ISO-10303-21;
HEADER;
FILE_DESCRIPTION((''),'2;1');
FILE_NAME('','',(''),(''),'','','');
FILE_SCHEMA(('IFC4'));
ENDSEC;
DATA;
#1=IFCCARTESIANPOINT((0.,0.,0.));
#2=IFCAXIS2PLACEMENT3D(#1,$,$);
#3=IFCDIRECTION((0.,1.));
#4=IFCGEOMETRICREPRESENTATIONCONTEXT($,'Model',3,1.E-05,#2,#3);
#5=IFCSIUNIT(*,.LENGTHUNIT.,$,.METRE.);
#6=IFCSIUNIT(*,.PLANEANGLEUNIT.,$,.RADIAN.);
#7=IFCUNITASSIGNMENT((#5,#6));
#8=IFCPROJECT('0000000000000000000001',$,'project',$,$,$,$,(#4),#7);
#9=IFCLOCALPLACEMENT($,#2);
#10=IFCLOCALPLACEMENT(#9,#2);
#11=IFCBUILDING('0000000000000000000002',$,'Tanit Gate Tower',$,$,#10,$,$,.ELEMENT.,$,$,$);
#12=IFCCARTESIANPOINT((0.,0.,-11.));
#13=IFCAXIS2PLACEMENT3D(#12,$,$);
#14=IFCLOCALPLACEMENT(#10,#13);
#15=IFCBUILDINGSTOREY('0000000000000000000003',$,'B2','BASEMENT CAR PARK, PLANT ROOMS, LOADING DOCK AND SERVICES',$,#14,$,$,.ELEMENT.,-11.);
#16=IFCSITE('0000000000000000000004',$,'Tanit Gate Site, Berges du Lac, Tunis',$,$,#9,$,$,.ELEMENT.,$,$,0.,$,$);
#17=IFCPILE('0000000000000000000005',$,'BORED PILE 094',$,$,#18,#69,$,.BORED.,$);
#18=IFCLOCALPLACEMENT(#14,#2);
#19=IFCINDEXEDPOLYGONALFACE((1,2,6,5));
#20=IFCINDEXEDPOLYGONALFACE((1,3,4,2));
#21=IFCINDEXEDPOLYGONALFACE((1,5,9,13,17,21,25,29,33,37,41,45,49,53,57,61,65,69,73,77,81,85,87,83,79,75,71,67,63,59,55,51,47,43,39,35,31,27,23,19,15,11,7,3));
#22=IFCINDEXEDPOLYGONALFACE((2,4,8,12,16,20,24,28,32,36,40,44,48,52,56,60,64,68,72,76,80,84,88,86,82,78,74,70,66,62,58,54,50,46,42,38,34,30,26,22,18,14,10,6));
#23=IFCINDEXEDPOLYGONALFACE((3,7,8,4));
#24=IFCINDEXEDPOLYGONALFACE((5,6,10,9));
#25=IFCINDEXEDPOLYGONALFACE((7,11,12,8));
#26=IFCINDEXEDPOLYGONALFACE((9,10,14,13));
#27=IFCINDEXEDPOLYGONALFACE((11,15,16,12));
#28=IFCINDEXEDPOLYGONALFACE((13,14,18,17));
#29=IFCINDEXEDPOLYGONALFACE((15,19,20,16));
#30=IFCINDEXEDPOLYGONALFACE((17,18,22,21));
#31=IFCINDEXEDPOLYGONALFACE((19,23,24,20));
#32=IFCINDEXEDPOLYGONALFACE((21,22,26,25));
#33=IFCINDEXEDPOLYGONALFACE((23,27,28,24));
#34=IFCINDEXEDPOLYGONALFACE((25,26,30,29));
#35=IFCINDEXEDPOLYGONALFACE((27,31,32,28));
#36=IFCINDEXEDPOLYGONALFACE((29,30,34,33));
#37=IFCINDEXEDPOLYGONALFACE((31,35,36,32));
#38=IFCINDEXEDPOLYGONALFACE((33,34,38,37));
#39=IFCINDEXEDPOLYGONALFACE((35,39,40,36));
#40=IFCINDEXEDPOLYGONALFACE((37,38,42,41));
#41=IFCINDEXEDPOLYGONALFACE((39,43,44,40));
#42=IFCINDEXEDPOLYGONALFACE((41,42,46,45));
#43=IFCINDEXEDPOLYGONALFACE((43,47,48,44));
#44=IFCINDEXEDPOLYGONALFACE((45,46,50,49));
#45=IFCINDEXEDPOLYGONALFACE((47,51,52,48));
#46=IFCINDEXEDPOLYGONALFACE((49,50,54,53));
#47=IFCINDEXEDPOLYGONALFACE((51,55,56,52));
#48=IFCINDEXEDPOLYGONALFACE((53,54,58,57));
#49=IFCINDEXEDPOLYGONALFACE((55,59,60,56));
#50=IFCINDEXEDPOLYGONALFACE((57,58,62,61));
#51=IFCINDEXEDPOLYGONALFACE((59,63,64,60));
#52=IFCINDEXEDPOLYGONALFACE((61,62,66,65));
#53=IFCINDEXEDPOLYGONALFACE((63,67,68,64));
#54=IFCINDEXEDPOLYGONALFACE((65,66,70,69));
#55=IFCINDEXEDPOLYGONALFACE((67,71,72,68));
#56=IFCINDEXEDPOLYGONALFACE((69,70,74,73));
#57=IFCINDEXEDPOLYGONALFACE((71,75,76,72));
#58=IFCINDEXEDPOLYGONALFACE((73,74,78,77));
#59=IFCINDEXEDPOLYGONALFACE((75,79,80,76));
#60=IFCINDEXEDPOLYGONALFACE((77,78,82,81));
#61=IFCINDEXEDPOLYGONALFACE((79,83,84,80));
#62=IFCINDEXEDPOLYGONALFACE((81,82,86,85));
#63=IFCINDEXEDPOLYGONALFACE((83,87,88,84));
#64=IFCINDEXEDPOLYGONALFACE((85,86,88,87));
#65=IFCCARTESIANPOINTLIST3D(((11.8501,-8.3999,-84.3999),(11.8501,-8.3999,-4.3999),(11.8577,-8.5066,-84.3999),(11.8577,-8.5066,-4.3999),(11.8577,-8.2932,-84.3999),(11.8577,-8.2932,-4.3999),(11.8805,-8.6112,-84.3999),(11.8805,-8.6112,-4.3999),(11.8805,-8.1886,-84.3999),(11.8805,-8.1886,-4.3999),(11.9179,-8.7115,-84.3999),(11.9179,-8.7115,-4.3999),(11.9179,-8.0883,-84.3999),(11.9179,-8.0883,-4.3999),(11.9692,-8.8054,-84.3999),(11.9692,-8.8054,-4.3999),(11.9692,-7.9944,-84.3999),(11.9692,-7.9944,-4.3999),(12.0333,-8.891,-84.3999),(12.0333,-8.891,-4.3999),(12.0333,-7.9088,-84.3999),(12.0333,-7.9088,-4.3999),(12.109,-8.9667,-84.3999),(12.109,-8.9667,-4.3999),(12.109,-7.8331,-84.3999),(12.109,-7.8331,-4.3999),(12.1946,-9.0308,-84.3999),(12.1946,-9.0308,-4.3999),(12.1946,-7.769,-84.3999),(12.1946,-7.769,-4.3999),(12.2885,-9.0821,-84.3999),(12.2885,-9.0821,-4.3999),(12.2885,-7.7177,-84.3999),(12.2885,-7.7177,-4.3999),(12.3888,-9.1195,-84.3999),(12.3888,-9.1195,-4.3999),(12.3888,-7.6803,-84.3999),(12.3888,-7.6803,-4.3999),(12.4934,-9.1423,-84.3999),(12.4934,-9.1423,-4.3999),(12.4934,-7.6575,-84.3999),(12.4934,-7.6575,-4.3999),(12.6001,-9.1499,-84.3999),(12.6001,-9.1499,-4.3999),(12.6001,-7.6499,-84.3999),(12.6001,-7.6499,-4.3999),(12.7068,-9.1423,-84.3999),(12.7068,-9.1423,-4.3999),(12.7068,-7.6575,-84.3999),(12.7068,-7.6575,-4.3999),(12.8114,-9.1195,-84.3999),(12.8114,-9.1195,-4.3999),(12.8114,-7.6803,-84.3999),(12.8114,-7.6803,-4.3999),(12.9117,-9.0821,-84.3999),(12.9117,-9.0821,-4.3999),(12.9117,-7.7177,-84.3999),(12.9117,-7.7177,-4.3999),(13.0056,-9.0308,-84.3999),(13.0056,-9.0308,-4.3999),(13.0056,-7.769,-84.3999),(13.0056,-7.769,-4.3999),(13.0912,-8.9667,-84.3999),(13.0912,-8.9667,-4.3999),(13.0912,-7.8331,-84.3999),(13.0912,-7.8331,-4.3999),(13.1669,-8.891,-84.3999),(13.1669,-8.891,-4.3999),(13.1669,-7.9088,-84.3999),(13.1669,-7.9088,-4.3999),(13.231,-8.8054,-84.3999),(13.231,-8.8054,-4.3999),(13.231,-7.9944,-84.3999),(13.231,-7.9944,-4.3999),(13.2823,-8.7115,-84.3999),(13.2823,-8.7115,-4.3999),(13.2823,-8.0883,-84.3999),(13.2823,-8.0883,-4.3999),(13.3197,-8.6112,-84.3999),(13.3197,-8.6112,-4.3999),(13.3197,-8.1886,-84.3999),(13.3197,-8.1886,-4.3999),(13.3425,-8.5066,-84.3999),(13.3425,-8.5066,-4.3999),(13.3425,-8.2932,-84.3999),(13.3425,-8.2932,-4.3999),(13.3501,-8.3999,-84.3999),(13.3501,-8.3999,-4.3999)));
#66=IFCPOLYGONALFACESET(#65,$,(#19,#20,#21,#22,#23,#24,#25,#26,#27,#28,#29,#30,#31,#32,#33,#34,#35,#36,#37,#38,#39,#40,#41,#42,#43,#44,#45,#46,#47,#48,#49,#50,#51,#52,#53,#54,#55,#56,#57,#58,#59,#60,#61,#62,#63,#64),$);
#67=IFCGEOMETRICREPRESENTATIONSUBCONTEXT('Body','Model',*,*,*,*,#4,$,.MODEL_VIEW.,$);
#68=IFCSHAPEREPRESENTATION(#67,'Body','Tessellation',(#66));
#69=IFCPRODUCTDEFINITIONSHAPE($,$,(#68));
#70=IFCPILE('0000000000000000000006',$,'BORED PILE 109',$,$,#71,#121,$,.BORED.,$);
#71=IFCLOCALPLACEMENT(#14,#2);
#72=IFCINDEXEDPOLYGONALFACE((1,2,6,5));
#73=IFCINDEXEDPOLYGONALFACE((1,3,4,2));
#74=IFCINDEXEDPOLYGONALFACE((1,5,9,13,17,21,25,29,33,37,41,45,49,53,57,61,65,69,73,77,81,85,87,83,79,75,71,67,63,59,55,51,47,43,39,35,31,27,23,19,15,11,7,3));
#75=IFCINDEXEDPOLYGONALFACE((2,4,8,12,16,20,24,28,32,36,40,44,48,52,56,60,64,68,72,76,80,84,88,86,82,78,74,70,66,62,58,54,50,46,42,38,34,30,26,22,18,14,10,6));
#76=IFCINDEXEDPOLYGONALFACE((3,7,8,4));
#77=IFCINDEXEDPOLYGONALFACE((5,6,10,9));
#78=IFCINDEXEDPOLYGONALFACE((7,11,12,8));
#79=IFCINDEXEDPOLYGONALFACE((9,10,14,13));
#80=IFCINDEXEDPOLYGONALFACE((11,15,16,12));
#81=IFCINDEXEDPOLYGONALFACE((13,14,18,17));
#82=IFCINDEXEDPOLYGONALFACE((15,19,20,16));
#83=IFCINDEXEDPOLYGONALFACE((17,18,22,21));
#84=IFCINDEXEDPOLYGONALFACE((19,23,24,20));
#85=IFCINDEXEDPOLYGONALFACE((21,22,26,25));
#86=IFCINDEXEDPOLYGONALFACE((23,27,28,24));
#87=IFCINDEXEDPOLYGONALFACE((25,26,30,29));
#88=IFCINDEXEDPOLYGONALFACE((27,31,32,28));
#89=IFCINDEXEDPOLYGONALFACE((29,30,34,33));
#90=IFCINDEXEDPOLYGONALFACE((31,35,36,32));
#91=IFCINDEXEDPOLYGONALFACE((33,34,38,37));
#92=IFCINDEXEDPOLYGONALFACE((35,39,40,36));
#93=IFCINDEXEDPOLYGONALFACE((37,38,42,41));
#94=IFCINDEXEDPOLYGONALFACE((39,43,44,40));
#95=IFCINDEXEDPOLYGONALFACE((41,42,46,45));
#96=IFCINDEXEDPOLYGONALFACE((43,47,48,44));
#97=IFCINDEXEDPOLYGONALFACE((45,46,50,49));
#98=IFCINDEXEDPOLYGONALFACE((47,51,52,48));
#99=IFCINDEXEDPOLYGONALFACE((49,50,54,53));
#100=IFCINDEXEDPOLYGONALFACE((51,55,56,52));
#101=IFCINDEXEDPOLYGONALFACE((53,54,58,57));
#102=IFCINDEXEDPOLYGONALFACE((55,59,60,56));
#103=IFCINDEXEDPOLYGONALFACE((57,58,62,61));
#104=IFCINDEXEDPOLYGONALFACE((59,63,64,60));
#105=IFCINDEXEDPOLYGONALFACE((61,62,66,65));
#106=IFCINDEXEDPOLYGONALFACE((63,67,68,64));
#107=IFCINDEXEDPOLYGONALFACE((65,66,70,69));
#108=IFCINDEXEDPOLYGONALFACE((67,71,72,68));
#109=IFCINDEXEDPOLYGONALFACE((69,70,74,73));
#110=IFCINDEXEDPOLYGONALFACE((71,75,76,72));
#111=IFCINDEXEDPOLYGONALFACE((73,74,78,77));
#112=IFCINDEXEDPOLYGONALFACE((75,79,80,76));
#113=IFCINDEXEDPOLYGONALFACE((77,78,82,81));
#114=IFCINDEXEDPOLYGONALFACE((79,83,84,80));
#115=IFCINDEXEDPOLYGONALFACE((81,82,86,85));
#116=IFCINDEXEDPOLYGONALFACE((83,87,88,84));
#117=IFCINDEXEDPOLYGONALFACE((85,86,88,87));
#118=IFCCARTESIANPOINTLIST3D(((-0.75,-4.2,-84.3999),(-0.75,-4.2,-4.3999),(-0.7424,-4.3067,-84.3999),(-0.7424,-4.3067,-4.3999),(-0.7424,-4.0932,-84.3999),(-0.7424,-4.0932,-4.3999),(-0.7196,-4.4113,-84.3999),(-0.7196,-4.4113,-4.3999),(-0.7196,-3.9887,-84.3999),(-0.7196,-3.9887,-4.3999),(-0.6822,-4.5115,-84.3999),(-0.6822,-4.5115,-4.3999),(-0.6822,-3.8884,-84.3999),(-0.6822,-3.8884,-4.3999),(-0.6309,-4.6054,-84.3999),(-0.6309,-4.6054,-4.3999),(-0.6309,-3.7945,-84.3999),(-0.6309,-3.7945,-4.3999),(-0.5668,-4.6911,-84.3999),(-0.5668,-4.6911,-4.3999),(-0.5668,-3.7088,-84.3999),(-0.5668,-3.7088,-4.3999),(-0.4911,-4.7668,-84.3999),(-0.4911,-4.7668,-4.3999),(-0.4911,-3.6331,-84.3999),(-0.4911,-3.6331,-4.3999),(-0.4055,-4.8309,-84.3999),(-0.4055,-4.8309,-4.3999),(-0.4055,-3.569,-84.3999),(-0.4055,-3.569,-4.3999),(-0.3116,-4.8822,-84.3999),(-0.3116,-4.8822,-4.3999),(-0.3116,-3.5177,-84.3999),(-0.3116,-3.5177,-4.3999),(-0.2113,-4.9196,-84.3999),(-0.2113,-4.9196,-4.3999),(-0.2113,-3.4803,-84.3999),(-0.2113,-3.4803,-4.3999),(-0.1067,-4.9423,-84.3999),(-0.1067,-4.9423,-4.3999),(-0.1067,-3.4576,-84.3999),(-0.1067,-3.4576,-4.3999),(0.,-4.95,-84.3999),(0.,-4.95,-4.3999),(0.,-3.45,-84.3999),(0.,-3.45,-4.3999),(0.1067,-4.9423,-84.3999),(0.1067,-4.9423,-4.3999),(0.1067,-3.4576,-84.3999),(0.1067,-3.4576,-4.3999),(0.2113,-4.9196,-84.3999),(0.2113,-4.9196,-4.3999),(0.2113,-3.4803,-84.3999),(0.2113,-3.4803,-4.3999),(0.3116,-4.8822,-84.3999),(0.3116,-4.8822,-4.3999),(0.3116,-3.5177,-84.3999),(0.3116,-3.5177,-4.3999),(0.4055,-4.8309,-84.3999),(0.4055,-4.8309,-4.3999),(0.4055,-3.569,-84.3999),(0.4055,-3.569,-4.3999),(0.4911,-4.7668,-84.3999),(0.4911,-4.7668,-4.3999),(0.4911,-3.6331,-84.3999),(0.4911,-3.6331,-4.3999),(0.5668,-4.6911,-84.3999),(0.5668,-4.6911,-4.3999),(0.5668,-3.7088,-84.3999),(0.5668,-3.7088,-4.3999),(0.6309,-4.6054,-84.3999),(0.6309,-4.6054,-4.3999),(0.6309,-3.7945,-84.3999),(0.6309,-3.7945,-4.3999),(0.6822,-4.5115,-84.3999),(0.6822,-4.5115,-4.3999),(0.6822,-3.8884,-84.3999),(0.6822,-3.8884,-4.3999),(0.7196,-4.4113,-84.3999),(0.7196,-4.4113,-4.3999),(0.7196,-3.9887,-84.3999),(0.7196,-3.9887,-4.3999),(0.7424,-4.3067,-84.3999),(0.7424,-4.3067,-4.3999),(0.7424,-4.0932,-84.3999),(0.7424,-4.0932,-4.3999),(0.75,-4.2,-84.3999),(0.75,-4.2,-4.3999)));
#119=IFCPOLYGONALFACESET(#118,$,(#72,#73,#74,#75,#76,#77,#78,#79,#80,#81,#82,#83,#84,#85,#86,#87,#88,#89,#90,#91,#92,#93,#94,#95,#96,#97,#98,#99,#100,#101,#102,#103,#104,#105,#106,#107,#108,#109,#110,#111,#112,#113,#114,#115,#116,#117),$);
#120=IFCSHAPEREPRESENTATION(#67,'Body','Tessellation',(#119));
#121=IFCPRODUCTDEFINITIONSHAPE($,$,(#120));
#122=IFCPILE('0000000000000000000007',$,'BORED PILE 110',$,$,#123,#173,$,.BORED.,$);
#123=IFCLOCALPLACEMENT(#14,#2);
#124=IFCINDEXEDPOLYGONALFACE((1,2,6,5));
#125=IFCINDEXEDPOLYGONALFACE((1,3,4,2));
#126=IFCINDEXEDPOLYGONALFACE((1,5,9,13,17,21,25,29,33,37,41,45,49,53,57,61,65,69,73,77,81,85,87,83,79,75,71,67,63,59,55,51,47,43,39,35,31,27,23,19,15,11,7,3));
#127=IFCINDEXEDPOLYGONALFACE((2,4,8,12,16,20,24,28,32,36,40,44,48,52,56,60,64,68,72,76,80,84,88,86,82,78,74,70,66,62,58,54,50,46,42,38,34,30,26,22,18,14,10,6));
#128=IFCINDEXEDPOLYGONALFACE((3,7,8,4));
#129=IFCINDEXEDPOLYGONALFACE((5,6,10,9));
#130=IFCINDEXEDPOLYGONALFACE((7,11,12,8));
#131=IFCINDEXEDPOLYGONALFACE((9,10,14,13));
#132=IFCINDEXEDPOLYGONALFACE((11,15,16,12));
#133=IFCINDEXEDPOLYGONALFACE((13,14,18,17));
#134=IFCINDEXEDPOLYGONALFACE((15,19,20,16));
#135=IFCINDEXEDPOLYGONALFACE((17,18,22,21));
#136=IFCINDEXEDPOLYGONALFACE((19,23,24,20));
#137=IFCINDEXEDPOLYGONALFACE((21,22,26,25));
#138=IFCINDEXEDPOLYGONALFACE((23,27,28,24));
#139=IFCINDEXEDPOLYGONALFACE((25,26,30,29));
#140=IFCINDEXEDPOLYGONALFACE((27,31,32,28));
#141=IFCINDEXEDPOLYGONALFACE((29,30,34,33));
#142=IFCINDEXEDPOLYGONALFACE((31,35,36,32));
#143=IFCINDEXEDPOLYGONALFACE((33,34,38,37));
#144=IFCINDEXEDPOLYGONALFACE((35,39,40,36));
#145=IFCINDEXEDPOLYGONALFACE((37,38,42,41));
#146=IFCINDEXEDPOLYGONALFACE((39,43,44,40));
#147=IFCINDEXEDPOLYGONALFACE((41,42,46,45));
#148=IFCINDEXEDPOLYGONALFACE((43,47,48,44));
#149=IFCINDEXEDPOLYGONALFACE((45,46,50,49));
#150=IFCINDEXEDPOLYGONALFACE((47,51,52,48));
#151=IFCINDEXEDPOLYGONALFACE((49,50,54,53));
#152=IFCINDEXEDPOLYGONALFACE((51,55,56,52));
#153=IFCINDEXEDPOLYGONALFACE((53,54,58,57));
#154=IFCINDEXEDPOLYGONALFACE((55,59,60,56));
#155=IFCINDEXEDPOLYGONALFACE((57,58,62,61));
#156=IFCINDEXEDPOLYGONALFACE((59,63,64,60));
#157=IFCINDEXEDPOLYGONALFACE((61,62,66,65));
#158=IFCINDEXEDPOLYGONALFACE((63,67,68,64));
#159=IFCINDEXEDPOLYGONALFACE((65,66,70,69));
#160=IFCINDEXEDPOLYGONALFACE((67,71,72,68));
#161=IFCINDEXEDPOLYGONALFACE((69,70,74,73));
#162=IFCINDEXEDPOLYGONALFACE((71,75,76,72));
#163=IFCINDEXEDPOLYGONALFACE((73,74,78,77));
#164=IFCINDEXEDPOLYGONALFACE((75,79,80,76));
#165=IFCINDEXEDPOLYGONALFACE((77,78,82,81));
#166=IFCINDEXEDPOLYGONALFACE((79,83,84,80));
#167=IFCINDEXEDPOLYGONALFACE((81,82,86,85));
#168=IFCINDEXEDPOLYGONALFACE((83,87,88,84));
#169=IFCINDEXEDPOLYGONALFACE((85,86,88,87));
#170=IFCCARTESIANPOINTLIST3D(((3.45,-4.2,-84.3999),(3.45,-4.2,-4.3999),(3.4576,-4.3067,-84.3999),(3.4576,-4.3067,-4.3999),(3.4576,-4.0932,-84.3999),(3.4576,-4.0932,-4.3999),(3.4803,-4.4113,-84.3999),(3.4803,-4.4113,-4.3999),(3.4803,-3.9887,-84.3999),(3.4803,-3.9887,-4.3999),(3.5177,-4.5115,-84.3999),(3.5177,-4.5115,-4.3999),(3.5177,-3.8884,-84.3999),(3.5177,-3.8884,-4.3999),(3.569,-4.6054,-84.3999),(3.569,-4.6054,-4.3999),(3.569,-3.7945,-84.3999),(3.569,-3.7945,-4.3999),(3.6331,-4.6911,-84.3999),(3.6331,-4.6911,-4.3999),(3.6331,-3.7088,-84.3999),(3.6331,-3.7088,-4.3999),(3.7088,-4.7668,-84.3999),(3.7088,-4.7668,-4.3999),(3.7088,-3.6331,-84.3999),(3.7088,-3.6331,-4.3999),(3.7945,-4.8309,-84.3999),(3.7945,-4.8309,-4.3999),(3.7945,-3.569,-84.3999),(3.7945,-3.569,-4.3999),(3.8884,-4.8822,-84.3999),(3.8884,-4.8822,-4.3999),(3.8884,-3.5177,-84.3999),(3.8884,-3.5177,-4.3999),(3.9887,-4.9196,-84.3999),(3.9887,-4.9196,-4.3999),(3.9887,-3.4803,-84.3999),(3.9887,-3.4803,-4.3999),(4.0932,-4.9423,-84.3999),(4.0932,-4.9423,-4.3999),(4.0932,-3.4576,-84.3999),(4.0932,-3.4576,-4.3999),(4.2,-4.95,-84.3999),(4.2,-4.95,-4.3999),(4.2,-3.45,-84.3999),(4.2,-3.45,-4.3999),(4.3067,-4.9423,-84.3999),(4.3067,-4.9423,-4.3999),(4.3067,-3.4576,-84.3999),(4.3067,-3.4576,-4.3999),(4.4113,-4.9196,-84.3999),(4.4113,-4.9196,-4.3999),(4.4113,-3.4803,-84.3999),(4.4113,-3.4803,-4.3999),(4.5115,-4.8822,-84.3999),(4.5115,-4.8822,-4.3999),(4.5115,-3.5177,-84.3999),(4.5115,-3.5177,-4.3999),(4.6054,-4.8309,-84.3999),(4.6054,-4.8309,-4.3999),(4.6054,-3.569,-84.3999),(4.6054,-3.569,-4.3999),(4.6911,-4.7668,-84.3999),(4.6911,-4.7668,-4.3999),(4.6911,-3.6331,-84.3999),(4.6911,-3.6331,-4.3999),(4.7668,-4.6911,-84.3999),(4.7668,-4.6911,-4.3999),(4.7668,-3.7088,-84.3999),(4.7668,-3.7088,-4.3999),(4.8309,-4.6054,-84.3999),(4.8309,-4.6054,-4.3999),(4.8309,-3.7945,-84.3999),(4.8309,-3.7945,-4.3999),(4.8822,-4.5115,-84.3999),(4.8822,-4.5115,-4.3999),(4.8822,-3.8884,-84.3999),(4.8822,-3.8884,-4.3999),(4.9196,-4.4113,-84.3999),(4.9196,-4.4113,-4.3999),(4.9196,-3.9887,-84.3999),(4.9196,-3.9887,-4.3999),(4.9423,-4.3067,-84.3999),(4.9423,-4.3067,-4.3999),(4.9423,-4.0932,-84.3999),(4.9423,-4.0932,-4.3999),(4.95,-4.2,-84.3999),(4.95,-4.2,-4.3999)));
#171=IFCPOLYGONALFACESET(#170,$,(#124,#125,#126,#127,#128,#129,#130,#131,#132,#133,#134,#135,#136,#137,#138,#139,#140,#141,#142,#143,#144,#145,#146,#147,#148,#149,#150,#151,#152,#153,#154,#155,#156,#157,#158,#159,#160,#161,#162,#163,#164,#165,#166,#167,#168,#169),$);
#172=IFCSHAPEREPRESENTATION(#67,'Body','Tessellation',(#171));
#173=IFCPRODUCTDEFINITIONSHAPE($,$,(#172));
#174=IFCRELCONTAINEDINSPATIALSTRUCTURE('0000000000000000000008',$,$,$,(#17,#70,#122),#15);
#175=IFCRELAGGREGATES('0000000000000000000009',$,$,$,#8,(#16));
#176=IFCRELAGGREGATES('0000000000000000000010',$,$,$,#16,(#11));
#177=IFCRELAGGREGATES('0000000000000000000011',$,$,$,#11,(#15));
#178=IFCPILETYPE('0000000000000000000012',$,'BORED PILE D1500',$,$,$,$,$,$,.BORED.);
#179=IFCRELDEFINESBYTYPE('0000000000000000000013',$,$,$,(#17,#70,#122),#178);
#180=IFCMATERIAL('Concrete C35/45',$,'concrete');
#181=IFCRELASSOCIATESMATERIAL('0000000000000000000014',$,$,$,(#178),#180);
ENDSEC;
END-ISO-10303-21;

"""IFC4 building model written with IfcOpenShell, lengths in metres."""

from ifc_helpers import new_model, si_unit, direction, frame, origin, origin_2d, place, context, subcontext, project, spatial, circle, extrude, material, material_profile, profile_set, type_object, element, save


model = new_model("IFC4")

# Units and contexts
model_context = context("Model", 3, precision=1e-05, world=origin(), true_north=direction((0.0, 1.0)))
body_context = subcontext(model_context, "Body", "Model", "MODEL_VIEW")
ifc_project = project(units=[si_unit("LENGTHUNIT", "METRE"), si_unit("PLANEANGLEUNIT", "RADIAN")], contexts=[model_context])

# Site, building, storey
site_placement = place(None, origin())
site = spatial("IfcSite", under=ifc_project, at=site_placement, Name="Tanit Gate Site, Berges du Lac, Tunis", CompositionType="ELEMENT", RefElevation=0.0)
building_placement = place(site_placement, origin())
building = spatial("IfcBuilding", under=site, at=building_placement, Name="Tanit Gate Tower", CompositionType="ELEMENT")
storey_placement = place(building_placement, frame((0.0, 0.0, -11.0)))
storey = spatial("IfcBuildingStorey", under=building, at=storey_placement, Name="B2", Description="BASEMENT CAR PARK, PLANT ROOMS, LOADING DOCK AND SERVICES", CompositionType="ELEMENT", Elevation=-11.0)

# Piles
ifc_material_1 = material(Name="Concrete C35/45", Category="concrete")
ifc_material_profile = material_profile(ifc_material_1, circle(Radius=0.75, at=origin_2d()), Name="BORED PILE D1500 C35/45")
ifc_profile_set = profile_set([ifc_material_profile], Name="Concrete C35/45")
pile_type = type_object("IfcPileType", Name="BORED PILE D1500", PredefinedType="BORED", material=ifc_profile_set)
for number, where, z_axis, x_axis, name in (
    (1, (12.6001, -8.3999, -4.3999), (0.0, 0.0, -1.0), (1.0, 0.0, 0.0), "BORED PILE 094"),
    (2, (0.0, -4.2, -4.3999), (0.0, 0.0, -1.0), (1.0, 0.0, 0.0), "BORED PILE 109"),
    (3, (4.2, -4.2, -4.3999), (0.0, 0.0, -1.0), (1.0, 0.0, 0.0), "BORED PILE 110"),
):
    element("IfcPile", number, at=place(storey_placement, frame(where, z_axis=z_axis, x_axis=x_axis)), inside=storey, type_object=pile_type, Name=name, PredefinedType="BORED", context=body_context, shape_type="SweptSolid", body=[
        extrude(circle(Radius=0.75, at=origin_2d()), origin(), (0.0, 0.0, 1.0), 80.0),
    ])

save(model, "model.ifc")
